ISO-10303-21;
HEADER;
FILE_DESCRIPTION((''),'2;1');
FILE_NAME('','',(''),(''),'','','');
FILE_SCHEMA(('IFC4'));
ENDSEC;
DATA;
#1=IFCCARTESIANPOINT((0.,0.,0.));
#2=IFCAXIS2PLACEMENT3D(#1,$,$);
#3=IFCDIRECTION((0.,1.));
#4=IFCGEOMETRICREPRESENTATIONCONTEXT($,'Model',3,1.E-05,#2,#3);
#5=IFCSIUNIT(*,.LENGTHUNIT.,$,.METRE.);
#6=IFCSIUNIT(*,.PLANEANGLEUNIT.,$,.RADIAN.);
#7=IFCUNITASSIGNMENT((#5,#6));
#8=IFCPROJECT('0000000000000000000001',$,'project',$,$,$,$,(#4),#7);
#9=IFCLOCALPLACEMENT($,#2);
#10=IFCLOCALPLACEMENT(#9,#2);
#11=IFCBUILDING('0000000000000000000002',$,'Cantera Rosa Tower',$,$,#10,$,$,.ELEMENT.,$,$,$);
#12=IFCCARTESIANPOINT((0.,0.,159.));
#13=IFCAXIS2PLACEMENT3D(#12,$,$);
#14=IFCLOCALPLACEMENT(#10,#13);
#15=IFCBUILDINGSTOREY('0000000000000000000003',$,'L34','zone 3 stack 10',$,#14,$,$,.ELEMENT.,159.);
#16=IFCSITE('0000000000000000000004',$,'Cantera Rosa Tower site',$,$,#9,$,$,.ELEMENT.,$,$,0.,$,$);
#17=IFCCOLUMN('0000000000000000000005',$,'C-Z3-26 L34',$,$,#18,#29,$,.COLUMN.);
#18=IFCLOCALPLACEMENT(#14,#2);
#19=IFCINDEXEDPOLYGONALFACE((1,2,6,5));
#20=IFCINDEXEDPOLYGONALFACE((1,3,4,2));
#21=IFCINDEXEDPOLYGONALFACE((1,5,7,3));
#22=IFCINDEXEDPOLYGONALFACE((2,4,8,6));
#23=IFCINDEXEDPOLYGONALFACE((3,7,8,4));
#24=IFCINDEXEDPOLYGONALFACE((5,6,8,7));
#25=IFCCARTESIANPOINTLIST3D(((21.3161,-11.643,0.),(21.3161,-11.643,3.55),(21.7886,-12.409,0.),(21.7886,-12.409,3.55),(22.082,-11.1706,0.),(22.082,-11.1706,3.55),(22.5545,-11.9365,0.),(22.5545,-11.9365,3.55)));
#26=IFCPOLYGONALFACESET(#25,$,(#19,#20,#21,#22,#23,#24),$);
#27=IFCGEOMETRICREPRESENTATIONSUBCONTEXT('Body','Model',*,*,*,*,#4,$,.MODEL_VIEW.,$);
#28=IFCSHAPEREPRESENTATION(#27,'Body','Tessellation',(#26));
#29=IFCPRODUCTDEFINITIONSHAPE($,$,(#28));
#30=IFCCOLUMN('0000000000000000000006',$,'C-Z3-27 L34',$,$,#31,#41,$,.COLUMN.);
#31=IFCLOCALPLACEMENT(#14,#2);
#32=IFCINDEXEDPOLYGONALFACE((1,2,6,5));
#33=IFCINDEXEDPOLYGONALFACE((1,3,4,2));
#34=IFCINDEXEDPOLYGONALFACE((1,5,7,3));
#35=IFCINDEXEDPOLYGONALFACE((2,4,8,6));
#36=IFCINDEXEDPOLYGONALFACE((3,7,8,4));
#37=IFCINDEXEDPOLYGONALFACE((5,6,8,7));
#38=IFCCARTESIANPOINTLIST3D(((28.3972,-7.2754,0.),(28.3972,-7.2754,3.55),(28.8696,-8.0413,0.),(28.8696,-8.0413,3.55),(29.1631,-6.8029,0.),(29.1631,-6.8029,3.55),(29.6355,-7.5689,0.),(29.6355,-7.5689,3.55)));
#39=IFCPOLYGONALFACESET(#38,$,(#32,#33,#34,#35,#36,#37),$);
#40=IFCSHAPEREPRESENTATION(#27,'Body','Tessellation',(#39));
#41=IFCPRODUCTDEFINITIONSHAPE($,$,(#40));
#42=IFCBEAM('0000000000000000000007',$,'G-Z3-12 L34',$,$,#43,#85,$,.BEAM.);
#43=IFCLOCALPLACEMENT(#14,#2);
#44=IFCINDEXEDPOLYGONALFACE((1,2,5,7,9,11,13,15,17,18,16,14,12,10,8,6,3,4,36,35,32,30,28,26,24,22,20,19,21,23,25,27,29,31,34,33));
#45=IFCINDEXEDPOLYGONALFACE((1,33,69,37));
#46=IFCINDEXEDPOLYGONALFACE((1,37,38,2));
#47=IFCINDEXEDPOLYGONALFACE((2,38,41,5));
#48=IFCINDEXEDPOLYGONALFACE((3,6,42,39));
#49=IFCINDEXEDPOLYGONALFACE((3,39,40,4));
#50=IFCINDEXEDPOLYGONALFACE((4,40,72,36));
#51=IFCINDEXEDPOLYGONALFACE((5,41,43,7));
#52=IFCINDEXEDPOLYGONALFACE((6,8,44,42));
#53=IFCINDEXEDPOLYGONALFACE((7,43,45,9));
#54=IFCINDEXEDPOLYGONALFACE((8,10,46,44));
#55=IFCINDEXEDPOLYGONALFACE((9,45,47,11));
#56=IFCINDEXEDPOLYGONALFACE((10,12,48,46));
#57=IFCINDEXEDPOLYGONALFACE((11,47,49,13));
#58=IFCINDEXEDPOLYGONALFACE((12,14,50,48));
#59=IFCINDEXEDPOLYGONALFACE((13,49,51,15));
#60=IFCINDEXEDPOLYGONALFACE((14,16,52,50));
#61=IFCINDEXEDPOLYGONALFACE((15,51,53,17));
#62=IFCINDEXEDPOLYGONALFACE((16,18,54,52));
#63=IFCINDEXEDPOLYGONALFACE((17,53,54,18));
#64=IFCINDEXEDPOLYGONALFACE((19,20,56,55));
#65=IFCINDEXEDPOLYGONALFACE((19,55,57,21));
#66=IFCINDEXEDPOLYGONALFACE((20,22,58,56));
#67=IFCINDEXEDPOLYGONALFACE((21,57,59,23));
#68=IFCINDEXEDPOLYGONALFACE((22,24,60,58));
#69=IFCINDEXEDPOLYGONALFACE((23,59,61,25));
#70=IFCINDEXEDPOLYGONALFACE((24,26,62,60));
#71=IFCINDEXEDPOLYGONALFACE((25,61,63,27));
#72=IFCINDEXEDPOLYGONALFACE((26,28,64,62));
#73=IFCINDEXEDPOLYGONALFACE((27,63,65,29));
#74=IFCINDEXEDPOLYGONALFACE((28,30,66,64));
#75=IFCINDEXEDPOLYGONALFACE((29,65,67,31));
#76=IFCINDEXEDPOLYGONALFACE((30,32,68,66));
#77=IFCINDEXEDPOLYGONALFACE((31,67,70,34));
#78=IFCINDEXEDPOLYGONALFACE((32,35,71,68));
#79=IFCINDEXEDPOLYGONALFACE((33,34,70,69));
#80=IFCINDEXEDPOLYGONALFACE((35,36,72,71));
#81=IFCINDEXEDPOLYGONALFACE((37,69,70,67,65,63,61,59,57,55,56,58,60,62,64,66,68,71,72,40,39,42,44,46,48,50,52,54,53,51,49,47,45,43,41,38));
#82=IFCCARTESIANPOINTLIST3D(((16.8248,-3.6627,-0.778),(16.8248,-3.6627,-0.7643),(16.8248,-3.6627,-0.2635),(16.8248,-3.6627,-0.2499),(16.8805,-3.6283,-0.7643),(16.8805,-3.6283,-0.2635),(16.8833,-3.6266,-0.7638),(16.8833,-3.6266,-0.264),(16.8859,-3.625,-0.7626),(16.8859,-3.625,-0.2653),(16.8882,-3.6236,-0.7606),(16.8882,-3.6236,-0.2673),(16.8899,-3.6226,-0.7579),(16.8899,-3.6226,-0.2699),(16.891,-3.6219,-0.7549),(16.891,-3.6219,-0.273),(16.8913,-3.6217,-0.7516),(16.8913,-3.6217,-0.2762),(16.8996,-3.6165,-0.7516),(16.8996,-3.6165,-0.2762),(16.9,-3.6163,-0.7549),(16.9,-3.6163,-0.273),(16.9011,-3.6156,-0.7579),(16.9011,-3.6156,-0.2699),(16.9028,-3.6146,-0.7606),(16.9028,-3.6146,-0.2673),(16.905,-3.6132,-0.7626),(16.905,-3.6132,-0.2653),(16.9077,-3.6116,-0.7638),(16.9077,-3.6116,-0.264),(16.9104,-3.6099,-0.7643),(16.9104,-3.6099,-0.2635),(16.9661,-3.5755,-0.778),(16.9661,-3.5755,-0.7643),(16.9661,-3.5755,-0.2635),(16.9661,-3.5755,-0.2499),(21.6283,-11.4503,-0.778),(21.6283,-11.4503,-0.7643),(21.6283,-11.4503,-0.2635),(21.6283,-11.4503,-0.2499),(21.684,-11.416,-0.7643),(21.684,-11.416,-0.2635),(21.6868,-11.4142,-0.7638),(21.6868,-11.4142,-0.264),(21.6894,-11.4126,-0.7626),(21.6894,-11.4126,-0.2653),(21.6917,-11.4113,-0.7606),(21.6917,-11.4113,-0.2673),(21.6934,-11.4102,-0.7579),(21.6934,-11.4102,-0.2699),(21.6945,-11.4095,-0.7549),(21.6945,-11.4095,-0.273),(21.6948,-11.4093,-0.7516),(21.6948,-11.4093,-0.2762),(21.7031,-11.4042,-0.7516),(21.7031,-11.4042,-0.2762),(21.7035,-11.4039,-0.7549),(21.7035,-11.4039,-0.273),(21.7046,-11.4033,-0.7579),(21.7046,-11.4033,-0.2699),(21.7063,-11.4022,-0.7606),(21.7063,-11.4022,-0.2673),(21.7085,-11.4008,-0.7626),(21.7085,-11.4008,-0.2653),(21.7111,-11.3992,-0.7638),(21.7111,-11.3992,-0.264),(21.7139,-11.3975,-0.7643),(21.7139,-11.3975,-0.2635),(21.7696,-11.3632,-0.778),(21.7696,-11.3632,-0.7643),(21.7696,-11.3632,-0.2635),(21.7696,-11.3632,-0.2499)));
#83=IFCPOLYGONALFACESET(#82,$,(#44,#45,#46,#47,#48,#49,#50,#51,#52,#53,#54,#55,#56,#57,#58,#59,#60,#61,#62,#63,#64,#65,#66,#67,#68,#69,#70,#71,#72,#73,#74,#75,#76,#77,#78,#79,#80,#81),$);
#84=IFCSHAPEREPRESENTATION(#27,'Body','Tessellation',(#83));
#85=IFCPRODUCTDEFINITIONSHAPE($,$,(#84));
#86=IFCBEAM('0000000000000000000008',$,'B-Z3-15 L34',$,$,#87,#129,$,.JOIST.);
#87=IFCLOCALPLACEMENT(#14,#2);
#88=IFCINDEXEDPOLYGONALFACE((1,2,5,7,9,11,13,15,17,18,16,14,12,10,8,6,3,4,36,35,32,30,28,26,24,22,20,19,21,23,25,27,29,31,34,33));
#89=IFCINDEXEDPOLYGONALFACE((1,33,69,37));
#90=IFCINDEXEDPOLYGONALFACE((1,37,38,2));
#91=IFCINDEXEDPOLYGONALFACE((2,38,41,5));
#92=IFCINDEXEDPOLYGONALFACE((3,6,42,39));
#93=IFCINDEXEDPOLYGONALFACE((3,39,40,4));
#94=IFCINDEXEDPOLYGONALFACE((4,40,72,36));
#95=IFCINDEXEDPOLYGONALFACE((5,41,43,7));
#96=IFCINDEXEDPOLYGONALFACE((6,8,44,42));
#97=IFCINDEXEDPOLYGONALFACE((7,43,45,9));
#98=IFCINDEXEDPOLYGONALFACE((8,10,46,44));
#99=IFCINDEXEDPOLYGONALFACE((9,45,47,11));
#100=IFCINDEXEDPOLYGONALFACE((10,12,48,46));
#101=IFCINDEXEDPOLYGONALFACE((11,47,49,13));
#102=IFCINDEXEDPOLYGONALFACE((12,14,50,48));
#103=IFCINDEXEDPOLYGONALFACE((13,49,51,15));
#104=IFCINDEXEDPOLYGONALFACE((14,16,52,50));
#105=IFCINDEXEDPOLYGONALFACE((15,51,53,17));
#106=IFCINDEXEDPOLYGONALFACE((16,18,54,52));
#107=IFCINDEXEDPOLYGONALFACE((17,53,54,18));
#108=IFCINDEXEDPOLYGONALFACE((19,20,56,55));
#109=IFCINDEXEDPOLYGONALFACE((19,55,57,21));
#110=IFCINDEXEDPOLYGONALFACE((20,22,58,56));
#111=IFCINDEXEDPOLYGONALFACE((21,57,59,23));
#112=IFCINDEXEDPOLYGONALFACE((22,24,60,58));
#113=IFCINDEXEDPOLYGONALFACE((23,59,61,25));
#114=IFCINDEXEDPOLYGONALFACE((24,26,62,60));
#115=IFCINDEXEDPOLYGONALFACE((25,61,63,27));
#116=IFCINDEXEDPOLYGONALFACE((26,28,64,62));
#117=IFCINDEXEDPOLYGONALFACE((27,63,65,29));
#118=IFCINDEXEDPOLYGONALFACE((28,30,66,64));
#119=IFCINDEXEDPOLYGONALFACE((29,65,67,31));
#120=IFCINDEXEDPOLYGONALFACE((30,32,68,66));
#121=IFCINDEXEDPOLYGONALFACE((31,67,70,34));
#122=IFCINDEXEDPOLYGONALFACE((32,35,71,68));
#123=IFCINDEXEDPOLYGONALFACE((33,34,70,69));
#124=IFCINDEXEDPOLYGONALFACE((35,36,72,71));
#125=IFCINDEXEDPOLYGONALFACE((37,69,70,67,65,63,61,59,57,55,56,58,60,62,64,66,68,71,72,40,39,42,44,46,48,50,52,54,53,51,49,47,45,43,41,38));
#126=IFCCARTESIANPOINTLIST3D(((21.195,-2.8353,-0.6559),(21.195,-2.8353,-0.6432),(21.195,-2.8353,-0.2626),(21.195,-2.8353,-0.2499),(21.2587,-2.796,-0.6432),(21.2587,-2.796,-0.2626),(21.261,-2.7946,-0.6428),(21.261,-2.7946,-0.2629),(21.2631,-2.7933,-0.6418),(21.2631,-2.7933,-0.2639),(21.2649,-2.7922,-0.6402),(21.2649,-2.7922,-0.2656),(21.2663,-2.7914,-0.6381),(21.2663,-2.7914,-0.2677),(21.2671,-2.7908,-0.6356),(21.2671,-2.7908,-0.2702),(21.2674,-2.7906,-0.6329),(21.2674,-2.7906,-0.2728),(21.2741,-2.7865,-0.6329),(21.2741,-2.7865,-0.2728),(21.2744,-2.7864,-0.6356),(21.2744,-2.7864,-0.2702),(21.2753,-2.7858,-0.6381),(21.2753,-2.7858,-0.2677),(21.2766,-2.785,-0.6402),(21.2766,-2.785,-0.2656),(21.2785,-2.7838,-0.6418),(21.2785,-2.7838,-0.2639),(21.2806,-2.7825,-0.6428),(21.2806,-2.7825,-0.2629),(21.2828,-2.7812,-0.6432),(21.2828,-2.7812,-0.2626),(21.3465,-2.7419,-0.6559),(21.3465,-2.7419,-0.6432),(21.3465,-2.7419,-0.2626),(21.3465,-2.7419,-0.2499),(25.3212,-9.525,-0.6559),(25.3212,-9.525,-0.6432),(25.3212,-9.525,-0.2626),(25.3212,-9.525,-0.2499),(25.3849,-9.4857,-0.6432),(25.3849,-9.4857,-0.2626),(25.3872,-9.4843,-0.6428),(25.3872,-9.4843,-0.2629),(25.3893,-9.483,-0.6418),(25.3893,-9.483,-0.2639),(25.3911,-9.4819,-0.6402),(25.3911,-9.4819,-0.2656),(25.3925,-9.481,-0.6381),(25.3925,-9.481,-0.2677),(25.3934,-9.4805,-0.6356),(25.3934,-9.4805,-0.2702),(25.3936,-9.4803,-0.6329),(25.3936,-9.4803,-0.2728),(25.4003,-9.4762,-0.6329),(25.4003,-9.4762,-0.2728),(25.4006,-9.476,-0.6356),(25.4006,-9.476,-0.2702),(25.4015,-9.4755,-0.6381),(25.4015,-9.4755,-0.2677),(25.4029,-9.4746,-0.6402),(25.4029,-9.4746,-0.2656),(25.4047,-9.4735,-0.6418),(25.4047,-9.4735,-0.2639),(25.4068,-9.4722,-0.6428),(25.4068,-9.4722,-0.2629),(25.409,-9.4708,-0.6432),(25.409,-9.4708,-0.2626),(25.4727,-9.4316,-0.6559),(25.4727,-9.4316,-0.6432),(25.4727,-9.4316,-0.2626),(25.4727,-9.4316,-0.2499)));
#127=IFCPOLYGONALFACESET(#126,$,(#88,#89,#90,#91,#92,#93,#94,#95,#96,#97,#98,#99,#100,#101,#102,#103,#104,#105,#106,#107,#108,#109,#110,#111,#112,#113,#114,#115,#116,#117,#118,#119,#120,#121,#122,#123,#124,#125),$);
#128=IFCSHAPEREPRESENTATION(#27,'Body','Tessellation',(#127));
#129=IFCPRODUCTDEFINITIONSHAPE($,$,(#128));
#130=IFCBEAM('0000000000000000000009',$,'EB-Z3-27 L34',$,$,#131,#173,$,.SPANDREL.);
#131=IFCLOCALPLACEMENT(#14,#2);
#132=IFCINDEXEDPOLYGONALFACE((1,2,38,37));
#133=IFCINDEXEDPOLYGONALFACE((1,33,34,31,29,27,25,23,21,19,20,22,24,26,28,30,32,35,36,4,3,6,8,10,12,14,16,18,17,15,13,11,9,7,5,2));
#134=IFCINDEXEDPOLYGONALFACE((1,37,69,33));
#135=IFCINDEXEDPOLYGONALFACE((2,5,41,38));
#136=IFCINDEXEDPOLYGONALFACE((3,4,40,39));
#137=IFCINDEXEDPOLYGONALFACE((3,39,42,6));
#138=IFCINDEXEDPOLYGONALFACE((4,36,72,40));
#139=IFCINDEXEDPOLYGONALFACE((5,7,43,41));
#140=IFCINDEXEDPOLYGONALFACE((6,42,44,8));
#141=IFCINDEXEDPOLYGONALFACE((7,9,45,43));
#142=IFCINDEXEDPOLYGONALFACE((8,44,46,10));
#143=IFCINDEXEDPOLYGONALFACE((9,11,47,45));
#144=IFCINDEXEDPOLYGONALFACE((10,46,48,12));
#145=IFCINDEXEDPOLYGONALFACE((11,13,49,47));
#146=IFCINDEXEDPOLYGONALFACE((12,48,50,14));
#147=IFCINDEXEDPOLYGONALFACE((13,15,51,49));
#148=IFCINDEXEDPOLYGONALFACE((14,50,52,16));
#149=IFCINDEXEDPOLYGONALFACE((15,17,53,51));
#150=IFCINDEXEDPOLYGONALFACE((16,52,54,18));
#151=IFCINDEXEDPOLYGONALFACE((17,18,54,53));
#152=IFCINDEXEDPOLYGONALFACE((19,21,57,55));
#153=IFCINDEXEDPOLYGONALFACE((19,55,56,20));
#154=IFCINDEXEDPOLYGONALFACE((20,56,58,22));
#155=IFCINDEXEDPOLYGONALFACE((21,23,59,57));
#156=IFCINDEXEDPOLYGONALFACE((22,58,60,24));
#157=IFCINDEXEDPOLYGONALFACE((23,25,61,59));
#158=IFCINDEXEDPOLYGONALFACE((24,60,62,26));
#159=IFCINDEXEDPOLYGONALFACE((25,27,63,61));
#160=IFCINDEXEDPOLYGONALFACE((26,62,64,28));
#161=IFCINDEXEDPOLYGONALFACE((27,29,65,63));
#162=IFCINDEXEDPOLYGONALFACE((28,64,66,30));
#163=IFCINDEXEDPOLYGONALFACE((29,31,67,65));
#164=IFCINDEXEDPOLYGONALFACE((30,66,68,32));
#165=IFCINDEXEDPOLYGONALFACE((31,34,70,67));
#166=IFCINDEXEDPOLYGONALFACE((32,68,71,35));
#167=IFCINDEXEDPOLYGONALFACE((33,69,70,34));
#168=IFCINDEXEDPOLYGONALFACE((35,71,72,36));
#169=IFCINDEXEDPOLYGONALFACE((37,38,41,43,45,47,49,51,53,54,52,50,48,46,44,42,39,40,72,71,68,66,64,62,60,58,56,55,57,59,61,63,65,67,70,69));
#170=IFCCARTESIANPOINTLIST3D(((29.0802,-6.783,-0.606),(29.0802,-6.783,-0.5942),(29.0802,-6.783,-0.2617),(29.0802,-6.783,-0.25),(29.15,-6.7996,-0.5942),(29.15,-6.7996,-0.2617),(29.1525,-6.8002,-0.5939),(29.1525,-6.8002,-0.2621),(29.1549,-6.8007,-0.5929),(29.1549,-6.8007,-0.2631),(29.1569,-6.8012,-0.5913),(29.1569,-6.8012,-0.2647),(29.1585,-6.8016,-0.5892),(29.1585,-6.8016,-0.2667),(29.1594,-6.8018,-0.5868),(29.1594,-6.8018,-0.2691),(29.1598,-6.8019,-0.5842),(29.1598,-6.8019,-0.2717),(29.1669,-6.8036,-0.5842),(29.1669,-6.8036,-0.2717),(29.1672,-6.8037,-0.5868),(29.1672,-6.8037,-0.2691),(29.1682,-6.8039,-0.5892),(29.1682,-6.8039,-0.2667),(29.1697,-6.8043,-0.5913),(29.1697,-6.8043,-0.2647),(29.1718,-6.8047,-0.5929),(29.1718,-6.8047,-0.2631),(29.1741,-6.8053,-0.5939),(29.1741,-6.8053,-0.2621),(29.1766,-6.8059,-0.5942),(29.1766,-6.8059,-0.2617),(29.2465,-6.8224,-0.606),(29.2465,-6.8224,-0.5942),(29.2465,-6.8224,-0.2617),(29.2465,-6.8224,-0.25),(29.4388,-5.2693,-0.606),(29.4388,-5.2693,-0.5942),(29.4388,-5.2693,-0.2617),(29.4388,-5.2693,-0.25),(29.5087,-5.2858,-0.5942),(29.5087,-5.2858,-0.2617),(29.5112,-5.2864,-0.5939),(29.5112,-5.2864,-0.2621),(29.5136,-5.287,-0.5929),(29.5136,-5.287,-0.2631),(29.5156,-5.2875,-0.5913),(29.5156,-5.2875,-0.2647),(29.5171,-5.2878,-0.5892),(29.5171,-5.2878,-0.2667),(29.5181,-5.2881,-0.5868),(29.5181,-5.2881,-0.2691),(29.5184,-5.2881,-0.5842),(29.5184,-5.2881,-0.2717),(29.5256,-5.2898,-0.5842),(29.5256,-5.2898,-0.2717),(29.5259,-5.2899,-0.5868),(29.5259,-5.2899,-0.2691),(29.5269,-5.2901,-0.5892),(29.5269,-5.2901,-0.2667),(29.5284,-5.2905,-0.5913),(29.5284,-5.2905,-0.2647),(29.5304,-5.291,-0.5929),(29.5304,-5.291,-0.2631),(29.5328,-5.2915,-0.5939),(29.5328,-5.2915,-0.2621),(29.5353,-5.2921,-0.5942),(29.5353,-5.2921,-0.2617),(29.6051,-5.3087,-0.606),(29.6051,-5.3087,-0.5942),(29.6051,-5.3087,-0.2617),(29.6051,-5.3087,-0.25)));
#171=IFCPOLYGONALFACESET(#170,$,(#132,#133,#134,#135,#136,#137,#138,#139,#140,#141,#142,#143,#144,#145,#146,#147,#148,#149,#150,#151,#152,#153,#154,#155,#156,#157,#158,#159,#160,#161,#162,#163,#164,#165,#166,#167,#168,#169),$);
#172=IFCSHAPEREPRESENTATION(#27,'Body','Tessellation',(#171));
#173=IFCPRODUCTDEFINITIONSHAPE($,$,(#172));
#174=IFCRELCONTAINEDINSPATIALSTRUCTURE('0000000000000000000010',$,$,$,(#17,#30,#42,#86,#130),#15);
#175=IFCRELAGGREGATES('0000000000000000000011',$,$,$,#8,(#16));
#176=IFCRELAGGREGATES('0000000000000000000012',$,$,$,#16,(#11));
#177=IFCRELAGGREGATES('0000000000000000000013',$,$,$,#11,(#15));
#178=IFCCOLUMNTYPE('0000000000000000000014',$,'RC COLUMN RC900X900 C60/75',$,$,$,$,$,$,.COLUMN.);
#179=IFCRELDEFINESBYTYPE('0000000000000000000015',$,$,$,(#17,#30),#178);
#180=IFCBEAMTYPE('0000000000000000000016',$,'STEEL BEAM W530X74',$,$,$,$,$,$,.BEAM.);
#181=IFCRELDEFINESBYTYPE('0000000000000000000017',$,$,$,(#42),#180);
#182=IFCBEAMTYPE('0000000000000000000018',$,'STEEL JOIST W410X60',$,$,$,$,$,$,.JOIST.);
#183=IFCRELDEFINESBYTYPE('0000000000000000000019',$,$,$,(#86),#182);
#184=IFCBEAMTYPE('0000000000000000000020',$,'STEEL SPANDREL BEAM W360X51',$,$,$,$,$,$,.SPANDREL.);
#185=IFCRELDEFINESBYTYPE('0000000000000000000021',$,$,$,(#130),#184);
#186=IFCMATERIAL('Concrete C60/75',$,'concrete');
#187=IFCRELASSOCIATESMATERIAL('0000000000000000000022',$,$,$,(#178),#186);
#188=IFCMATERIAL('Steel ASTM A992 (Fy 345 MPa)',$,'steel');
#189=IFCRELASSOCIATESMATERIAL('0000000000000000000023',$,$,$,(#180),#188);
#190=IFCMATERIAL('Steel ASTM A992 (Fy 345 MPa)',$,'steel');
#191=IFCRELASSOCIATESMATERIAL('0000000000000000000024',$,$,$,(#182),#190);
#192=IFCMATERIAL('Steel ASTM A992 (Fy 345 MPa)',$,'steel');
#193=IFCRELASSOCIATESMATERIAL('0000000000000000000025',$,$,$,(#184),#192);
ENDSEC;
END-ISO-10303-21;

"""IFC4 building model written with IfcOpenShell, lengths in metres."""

from ifc_helpers import new_model, si_unit, direction, frame, origin, origin_2d, place, context, subcontext, project, spatial, rectangle, i_section, extrude, material, material_profile, profile_set, type_object, element, save


model = new_model("IFC4")

# Units and contexts
model_context = context("Model", 3, precision=1e-05, world=origin(), true_north=direction((0.0, 1.0)))
body_context = subcontext(model_context, "Body", "Model", "MODEL_VIEW")
ifc_project = project(units=[si_unit("LENGTHUNIT", "METRE"), si_unit("PLANEANGLEUNIT", "RADIAN")], contexts=[model_context])

# Site, building, storey
site_placement = place(None, origin())
site = spatial("IfcSite", under=ifc_project, at=site_placement, Name="Cantera Rosa Tower site", CompositionType="ELEMENT", RefElevation=0.0)
building_placement = place(site_placement, origin())
building = spatial("IfcBuilding", under=site, at=building_placement, Name="Cantera Rosa Tower", CompositionType="ELEMENT")
storey_placement = place(building_placement, frame((0.0, 0.0, 159.0)))
storey = spatial("IfcBuildingStorey", under=building, at=storey_placement, Name="L34", Description="zone 3 stack 10", CompositionType="ELEMENT", Elevation=159.0)

# Columns
ifc_material_1 = material(Name="Concrete C60/75", Category="concrete")
ifc_material_profile_1 = material_profile(ifc_material_1, rectangle(XDim=0.8999, YDim=0.8999, at=origin_2d()), Name="RC COLUMN RC900X900 C60/75")
ifc_profile_set_1 = profile_set([ifc_material_profile_1], Name="Concrete C60/75")
column_type = type_object("IfcColumnType", Name="RC COLUMN RC900X900 C60/75", PredefinedType="COLUMN", material=ifc_profile_set_1)
for number, where, z_axis, x_axis, name in (
    (1, (21.9353, -11.7898, 0.0), (0.0, 0.0, 1.0), (0.851117, 0.524977, 0.0), "C-Z3-26 L34"),
    (2, (29.0164, -7.4221, 0.0), (0.0, 0.0, 1.0), (0.851117, 0.524977, 0.0), "C-Z3-27 L34"),
):
    element("IfcColumn", number, at=place(storey_placement, frame(where, z_axis=z_axis, x_axis=x_axis)), inside=storey, type_object=column_type, Name=name, PredefinedType="COLUMN", context=body_context, shape_type="SweptSolid", body=[
        extrude(rectangle(XDim=0.8999, YDim=0.8999, at=origin_2d()), origin(), (0.0, 0.0, 1.0), 3.55),
    ])

# Beams
ifc_material_2 = material(Name="Steel ASTM A992 (Fy 345 MPa)", Category="steel")
ifc_material_profile_2 = material_profile(ifc_material_2, i_section(OverallWidth=0.166, OverallDepth=0.5281, WebThickness=0.0098, FlangeThickness=0.0137, FilletRadius=0.0127, at=origin_2d()), Name="W530X74")
ifc_profile_set_2 = profile_set([ifc_material_profile_2], Name="Steel ASTM A992 (Fy 345 MPa)")
beam_type_1 = type_object("IfcBeamType", Name="STEEL BEAM W530X74", PredefinedType="BEAM", material=ifc_profile_set_2)
beam_1_placement = place(storey_placement, frame((21.699, -11.4067, -0.5139), z_axis=(-0.524977, 0.851116, 0.0), x_axis=(-0.851116, -0.524977, 0.0)))
element("IfcBeam", 3, at=beam_1_placement, inside=storey, type_object=beam_type_1, Name="G-Z3-12 L34", PredefinedType="BEAM", context=body_context, shape_type="SweptSolid", body=[
    extrude(i_section(OverallWidth=0.166, OverallDepth=0.5281, WebThickness=0.0098, FlangeThickness=0.0137, FilletRadius=0.0127, at=origin_2d()), origin(), (0.0, 0.0, 1.0), 9.1499),
])
ifc_material_3 = material(Name="Steel ASTM A992 (Fy 345 MPa)", Category="steel")
ifc_material_profile_3 = material_profile(ifc_material_3, i_section(OverallWidth=0.178, OverallDepth=0.406, WebThickness=0.0078, FlangeThickness=0.0127, FilletRadius=0.0103, at=origin_2d()), Name="W410X60")
ifc_profile_set_3 = profile_set([ifc_material_profile_3], Name="Steel ASTM A992 (Fy 345 MPa)")
beam_type_2 = type_object("IfcBeamType", Name="STEEL JOIST W410X60", PredefinedType="JOIST", material=ifc_profile_set_3)
beam_2_placement = place(storey_placement, frame((25.397, -9.4783, -0.4529), z_axis=(-0.524972, 0.851119, 0.0), x_axis=(-0.851119, -0.524972, 0.0)))
element("IfcBeam", 4, at=beam_2_placement, inside=storey, type_object=beam_type_2, Name="B-Z3-15 L34", PredefinedType="JOIST", context=body_context, shape_type="SweptSolid", body=[
    extrude(i_section(OverallWidth=0.178, OverallDepth=0.406, WebThickness=0.0078, FlangeThickness=0.0127, FilletRadius=0.0103, at=origin_2d()), origin(), (0.0, 0.0, 1.0), 7.8599),
])
ifc_material_4 = material(Name="Steel ASTM A992 (Fy 345 MPa)", Category="steel")
ifc_material_profile_4 = material_profile(ifc_material_4, i_section(OverallWidth=0.1709, OverallDepth=0.356, WebThickness=0.0073, FlangeThickness=0.0117, FilletRadius=0.01, at=origin_2d()), Name="W360X51")
ifc_profile_set_4 = profile_set([ifc_material_profile_4], Name="Steel ASTM A992 (Fy 345 MPa)")
beam_type_3 = type_object("IfcBeamType", Name="STEEL SPANDREL BEAM W360X51", PredefinedType="SPANDREL", material=ifc_profile_set_4)
beam_3_placement = place(storey_placement, frame((29.1633, -6.8027, -0.428), z_axis=(0.230552, 0.97306, 0.0), x_axis=(-0.97306, 0.230552, 0.0)))
element("IfcBeam", 5, at=beam_3_placement, inside=storey, type_object=beam_type_3, Name="EB-Z3-27 L34", PredefinedType="SPANDREL", context=body_context, shape_type="SweptSolid", body=[
    extrude(i_section(OverallWidth=0.1709, OverallDepth=0.356, WebThickness=0.0073, FlangeThickness=0.0117, FilletRadius=0.01, at=origin_2d()), origin(), (0.0, 0.0, 1.0), 1.5557),
])

save(model, "model.ifc")
